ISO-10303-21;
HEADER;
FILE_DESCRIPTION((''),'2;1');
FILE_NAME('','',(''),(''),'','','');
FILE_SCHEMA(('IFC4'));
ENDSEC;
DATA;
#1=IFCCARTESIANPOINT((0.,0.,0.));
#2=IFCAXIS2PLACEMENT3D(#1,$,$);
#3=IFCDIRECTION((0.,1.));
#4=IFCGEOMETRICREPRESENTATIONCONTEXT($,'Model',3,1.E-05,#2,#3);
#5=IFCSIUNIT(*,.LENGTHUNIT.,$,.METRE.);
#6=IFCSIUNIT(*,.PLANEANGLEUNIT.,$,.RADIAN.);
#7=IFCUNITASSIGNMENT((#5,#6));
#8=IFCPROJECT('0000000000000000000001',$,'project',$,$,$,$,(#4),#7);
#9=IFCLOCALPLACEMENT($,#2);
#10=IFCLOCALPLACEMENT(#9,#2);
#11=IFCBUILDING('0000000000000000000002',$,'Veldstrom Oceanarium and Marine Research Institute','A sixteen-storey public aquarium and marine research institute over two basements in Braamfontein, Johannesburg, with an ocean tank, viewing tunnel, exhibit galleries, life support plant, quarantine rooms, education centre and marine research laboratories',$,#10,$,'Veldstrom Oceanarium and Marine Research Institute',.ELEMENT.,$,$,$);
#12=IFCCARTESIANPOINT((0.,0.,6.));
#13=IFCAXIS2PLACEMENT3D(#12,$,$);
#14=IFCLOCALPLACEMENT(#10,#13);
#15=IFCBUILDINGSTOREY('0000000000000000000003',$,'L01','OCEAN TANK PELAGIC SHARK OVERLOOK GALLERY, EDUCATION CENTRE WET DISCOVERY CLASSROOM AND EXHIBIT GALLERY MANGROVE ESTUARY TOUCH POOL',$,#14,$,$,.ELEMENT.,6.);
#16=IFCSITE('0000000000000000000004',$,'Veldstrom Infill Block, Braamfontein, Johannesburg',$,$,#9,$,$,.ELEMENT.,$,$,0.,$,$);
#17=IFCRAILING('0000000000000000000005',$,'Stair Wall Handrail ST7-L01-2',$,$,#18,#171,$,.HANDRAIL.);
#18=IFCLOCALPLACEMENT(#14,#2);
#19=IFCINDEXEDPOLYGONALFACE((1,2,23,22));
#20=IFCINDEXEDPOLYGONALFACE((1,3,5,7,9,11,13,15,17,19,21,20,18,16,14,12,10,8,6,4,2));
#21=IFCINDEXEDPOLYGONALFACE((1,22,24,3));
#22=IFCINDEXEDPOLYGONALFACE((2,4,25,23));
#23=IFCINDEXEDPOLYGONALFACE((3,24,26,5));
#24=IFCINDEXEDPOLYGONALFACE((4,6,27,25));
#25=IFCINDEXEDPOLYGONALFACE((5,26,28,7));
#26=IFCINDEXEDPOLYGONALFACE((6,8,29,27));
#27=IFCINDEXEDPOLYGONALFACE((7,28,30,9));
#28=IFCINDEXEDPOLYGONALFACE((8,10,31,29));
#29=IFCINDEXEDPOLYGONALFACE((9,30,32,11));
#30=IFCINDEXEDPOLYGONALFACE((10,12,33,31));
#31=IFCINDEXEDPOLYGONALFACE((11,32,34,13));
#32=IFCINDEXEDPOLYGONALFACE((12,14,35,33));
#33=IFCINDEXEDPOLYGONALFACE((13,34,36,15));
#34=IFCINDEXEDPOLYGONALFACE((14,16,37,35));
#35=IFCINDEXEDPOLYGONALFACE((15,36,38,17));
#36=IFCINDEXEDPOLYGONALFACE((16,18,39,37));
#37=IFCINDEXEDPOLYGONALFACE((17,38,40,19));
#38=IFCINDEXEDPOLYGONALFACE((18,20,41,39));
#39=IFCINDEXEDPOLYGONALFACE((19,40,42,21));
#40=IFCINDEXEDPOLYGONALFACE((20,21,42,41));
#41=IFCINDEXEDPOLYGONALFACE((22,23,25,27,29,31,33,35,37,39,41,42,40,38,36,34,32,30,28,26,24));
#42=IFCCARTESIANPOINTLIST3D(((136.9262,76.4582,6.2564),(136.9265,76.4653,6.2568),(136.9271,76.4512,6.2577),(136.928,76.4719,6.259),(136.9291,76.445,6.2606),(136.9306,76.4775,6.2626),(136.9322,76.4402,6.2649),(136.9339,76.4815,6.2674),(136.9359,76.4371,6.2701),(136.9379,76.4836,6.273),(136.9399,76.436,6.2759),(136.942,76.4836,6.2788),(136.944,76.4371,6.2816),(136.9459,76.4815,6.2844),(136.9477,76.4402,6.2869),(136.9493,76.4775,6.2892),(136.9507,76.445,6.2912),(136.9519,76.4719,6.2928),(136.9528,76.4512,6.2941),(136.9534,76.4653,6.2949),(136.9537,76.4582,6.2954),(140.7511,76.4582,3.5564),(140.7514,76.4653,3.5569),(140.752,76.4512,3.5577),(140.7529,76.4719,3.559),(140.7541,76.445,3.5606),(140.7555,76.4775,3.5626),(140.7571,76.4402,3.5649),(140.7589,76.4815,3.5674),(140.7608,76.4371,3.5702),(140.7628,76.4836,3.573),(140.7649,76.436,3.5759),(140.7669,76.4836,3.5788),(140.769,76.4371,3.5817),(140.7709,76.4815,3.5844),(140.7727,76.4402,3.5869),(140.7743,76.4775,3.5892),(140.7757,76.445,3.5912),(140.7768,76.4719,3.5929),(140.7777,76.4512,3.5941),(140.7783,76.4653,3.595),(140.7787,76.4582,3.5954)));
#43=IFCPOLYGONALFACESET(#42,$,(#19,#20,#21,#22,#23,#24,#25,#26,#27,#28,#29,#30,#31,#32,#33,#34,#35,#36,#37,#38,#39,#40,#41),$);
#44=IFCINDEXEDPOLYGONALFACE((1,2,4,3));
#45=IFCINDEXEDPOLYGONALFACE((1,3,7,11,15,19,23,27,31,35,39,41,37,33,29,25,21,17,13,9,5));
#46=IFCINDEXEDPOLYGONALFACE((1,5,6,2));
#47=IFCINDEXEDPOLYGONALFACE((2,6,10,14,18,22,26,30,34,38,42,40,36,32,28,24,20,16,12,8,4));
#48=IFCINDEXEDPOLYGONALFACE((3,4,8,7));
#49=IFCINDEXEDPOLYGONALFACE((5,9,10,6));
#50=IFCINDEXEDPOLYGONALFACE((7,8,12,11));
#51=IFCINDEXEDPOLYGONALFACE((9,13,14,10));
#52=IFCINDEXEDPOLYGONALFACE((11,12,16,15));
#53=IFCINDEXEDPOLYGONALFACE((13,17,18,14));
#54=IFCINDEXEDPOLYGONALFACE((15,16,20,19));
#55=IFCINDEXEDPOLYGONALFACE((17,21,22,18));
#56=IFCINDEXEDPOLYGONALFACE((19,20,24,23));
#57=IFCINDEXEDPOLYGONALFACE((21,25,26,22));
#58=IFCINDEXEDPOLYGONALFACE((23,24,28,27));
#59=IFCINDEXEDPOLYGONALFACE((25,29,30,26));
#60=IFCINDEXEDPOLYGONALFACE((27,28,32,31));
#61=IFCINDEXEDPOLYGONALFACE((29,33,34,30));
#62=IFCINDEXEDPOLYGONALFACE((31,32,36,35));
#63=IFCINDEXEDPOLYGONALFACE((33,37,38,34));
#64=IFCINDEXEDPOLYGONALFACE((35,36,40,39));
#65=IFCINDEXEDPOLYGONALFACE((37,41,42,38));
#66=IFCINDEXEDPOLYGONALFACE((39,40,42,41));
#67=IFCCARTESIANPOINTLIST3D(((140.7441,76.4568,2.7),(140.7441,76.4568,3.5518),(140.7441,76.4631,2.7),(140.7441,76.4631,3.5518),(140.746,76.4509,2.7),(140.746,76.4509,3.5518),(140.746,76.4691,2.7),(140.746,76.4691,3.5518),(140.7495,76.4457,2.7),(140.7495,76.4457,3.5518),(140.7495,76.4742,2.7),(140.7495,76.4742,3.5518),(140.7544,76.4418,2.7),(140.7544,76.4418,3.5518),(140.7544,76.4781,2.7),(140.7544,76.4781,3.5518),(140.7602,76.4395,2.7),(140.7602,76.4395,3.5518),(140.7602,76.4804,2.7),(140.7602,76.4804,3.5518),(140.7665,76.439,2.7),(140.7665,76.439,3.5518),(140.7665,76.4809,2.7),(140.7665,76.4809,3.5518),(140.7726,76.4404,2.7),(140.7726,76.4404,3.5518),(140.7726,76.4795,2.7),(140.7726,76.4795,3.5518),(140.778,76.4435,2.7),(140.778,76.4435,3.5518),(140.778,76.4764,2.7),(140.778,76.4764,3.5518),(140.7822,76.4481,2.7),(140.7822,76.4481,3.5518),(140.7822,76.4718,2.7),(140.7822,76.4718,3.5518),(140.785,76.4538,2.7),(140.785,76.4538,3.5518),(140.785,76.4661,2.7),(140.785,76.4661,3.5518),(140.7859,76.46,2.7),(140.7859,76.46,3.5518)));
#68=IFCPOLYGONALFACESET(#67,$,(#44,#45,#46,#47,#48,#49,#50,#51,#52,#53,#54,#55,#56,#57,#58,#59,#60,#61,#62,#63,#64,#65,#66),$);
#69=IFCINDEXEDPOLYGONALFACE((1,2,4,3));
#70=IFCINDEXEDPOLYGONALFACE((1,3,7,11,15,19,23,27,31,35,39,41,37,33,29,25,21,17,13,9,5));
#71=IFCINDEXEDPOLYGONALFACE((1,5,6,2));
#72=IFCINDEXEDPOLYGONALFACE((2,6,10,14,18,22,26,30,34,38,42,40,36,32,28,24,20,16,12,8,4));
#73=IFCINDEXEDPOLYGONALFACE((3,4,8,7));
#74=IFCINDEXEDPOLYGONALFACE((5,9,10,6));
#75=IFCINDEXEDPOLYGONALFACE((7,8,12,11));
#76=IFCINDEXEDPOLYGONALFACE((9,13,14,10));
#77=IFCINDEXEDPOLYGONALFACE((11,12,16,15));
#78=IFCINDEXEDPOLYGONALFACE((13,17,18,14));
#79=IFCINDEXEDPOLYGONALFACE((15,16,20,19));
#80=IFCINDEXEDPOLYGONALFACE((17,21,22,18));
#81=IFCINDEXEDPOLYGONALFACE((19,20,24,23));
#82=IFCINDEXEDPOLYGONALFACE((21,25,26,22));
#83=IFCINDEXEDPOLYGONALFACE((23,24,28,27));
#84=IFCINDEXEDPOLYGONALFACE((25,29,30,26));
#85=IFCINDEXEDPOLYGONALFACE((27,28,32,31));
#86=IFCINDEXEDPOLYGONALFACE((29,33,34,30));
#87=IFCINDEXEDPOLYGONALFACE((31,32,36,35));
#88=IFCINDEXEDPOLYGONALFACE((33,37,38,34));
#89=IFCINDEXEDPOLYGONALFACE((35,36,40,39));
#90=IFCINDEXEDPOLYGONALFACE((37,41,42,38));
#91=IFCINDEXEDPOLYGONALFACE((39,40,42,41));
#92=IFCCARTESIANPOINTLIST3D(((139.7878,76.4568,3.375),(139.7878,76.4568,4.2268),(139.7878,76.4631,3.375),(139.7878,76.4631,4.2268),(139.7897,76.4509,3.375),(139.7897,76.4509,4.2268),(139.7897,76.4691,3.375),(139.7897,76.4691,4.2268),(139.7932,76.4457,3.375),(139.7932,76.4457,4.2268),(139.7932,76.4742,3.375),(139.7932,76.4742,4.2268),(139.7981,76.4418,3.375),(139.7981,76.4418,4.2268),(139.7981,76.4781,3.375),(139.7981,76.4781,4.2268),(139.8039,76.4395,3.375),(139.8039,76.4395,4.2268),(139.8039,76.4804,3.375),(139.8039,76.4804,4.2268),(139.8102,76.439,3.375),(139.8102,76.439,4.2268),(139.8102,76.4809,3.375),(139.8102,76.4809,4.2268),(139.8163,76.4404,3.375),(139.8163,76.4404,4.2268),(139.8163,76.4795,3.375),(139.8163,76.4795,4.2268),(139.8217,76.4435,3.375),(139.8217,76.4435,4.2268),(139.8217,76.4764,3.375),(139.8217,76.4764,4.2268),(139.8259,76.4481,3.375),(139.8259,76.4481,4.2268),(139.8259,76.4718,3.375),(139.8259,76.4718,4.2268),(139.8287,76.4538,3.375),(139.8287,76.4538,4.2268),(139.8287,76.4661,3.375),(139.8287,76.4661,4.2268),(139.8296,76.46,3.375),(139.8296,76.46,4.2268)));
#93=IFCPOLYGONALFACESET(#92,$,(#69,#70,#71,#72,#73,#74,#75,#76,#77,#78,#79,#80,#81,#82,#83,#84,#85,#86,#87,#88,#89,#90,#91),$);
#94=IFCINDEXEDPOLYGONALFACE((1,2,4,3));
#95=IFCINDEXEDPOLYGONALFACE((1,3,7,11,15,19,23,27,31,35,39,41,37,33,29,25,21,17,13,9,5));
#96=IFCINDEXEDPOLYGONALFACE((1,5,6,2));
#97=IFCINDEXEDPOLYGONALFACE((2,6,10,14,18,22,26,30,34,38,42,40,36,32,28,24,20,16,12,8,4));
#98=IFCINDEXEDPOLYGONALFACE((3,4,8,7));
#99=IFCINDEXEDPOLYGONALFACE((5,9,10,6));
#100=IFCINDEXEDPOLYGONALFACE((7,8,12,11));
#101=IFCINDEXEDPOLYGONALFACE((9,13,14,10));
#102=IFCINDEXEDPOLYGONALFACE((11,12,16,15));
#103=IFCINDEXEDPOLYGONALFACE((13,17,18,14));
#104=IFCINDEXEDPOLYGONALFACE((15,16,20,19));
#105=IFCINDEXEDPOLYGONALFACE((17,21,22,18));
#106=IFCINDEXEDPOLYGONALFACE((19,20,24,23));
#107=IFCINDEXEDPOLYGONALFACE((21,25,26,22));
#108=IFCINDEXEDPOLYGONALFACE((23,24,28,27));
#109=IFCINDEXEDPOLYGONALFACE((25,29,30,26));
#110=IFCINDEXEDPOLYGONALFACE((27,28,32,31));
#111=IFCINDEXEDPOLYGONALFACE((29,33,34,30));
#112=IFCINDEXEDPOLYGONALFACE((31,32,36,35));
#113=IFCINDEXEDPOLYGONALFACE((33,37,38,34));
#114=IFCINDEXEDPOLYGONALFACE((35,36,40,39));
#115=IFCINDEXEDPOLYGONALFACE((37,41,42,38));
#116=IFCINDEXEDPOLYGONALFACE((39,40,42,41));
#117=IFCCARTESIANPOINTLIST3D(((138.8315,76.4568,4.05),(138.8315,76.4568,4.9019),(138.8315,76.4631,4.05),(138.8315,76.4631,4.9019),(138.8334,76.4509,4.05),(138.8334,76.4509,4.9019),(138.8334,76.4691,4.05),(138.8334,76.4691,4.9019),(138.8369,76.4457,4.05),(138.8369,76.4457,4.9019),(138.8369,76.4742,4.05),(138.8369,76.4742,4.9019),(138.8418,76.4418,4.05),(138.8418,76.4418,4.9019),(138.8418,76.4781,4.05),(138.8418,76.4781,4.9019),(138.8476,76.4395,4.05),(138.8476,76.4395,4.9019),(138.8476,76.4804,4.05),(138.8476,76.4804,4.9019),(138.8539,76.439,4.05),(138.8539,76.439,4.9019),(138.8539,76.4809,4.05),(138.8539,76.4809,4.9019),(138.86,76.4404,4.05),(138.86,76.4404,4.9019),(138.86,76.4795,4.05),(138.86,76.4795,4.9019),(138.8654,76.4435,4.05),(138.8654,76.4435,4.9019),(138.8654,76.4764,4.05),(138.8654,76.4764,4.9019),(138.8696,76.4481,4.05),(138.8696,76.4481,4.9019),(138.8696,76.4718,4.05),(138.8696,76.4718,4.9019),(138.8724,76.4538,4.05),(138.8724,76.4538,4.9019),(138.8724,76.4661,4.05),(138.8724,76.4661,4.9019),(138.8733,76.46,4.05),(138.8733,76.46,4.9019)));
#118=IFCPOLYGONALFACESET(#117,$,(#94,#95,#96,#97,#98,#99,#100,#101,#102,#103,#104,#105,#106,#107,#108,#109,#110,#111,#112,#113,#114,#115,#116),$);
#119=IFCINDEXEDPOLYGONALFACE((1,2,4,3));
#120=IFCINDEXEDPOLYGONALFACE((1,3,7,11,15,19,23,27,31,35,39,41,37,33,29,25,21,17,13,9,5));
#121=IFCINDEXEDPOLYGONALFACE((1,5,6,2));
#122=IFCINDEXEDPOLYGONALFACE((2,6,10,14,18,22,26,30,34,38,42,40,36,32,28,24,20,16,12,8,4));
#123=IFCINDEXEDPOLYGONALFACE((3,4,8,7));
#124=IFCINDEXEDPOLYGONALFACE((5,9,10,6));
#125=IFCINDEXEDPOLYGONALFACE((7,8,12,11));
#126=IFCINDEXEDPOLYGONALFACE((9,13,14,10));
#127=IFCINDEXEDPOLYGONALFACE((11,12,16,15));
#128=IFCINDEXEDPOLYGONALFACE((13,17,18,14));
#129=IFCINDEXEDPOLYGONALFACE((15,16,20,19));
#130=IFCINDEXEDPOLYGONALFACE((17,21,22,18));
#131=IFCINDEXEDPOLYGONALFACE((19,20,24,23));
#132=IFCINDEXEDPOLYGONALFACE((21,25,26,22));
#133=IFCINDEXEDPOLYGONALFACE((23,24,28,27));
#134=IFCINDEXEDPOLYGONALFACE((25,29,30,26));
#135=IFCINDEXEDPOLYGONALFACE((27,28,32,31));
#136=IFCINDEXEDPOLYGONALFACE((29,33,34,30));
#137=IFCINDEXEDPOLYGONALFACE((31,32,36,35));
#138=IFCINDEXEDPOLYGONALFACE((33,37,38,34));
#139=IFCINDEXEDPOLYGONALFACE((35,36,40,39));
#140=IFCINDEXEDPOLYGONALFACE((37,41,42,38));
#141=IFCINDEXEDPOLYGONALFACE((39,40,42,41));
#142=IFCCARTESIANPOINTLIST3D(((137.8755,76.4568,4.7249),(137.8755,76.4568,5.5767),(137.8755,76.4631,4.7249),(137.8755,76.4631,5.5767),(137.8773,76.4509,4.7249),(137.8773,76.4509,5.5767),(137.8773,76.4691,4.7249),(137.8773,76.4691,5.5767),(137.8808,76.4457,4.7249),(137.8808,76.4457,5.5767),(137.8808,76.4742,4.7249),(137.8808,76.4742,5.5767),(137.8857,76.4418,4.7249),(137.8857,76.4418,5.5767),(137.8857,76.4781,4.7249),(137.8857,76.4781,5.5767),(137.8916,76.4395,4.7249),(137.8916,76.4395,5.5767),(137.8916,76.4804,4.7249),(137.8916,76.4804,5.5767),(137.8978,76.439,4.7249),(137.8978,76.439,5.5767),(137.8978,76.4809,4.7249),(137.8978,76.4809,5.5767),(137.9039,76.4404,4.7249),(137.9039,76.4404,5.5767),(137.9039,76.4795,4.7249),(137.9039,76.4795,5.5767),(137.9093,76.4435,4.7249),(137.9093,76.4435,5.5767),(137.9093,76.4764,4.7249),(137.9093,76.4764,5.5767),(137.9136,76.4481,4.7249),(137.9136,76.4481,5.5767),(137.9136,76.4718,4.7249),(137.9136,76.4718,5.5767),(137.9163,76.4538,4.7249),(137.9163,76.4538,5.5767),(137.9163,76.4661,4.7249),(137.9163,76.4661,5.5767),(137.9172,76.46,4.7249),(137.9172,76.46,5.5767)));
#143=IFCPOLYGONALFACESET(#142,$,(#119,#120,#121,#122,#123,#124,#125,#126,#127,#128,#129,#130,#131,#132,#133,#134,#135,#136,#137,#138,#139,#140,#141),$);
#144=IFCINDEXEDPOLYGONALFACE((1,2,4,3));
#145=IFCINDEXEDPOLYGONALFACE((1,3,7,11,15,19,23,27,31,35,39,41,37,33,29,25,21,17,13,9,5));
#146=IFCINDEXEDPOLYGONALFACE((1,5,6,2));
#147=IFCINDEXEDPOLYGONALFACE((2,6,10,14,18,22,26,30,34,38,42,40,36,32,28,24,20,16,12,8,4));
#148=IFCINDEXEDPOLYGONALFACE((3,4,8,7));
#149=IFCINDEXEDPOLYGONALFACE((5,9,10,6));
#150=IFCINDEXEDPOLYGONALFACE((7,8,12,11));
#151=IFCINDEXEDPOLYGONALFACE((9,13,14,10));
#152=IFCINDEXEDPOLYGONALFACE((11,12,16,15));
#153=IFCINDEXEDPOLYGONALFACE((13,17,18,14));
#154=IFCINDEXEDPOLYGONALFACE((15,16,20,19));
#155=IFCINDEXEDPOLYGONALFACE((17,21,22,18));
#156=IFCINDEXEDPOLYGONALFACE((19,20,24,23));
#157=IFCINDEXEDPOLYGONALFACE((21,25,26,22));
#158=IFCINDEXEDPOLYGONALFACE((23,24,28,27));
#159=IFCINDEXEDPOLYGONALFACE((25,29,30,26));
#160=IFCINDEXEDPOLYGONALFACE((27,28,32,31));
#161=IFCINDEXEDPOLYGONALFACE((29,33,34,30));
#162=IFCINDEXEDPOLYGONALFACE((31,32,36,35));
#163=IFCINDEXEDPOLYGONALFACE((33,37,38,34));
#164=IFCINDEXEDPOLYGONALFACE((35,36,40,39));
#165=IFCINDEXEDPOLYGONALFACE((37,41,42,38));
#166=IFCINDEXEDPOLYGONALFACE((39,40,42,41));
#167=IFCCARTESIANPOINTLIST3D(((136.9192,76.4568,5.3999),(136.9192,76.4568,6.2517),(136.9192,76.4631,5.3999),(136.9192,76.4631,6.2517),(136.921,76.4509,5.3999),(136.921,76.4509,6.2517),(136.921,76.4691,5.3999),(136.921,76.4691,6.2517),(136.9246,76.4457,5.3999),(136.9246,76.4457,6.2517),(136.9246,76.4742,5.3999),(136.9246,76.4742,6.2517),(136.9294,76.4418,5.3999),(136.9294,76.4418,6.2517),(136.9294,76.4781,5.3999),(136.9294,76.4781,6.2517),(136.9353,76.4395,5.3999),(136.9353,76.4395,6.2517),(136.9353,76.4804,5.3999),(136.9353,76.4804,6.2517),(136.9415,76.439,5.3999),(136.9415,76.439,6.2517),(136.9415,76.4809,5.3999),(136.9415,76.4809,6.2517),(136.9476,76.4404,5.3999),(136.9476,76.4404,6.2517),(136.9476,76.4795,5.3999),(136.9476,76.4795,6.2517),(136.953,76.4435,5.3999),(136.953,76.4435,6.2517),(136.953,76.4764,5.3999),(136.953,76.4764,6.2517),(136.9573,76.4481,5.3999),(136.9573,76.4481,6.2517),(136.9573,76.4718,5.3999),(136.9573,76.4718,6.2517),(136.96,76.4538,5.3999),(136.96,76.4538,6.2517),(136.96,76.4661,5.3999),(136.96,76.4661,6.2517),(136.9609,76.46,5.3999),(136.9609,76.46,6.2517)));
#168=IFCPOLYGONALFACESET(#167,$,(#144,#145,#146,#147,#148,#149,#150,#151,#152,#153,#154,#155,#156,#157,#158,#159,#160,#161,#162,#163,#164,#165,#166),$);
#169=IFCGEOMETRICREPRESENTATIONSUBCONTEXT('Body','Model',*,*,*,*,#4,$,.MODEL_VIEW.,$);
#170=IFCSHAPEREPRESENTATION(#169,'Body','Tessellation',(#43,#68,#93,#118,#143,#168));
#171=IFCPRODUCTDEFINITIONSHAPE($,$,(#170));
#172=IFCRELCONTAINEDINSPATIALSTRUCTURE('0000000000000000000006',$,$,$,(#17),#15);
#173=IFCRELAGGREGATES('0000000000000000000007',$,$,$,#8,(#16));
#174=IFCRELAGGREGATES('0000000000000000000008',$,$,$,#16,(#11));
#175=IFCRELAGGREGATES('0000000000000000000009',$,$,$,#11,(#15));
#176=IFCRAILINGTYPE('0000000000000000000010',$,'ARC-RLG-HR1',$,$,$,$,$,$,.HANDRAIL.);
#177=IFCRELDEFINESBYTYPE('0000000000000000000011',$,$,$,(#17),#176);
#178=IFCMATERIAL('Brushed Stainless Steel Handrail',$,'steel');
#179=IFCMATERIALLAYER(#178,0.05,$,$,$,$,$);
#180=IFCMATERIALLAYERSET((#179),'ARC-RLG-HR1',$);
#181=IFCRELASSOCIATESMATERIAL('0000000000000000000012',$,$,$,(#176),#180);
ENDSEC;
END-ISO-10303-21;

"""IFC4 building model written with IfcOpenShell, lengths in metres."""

from ifc_helpers import new_model, si_unit, direction, frame, origin, origin_2d, place, context, subcontext, project, spatial, circle, extrude, material, layer, layer_set, type_object, element, save


model = new_model("IFC4")

# Units and contexts
model_context = context("Model", 3, precision=1e-05, world=origin(), true_north=direction((0.0, 1.0)))
body_context = subcontext(model_context, "Body", "Model", "MODEL_VIEW")
ifc_project = project(units=[si_unit("LENGTHUNIT", "METRE"), si_unit("PLANEANGLEUNIT", "RADIAN")], contexts=[model_context])

# Site, building, storey
site_placement = place(None, origin())
site = spatial("IfcSite", under=ifc_project, at=site_placement, Name="Veldstrom Infill Block, Braamfontein, Johannesburg", CompositionType="ELEMENT", RefElevation=0.0)
building_placement = place(site_placement, origin())
building = spatial("IfcBuilding", under=site, at=building_placement, Name="Veldstrom Oceanarium and Marine Research Institute", Description="A sixteen-storey public aquarium and marine research institute over two basements in Braamfontein, Johannesburg, with an ocean tank, viewing tunnel, exhibit galleries, life support plant, quarantine rooms, education centre and marine research laboratories", LongName="Veldstrom Oceanarium and Marine Research Institute", CompositionType="ELEMENT")
storey_placement = place(building_placement, frame((0.0, 0.0, 6.0)))
storey = spatial("IfcBuildingStorey", under=building, at=storey_placement, Name="L01", Description="OCEAN TANK PELAGIC SHARK OVERLOOK GALLERY, EDUCATION CENTRE WET DISCOVERY CLASSROOM AND EXHIBIT GALLERY MANGROVE ESTUARY TOUCH POOL", CompositionType="ELEMENT", Elevation=6.0)

# Railing
ifc_material_1 = material(Name="Brushed Stainless Steel Handrail", Category="steel")
ifc_layer_1 = layer(ifc_material_1, 0.05)
ifc_layer_set_1 = layer_set([ifc_layer_1], Name="ARC-RLG-HR1")
railing_type_1 = type_object("IfcRailingType", Name="ARC-RLG-HR1", PredefinedType="HANDRAIL", material=ifc_layer_set_1)
railing_1_placement = place(storey_placement, frame((140.7649, 76.46, 2.7)))
element("IfcRailing", 1, at=railing_1_placement, inside=storey, type_object=railing_type_1, Name="Stair Wall Handrail ST7-L01-2", PredefinedType="HANDRAIL", context=body_context, shape_type="SweptSolid", body=[
    extrude(circle(Radius=0.0239, at=origin_2d()), frame((0.0, 0.0, 0.876), z_axis=(-0.816969, 0.0, 0.576681), x_axis=(0.0, -1.0, 0.0)), (0.0, 0.0, 1.0), 4.6819),
    extrude(circle(Radius=0.021, at=origin_2d()), origin(), (0.0, 0.0, 1.0), 0.8518),
    extrude(circle(Radius=0.021, at=origin_2d()), frame((-0.9563, 0.0, 0.675)), (0.0, 0.0, 1.0), 0.8518),
    extrude(circle(Radius=0.021, at=origin_2d()), frame((-1.9126, 0.0, 1.3501)), (0.0, 0.0, 1.0), 0.8518),
    extrude(circle(Radius=0.021, at=origin_2d()), frame((-2.8687, 0.0, 2.0249)), (0.0, 0.0, 1.0), 0.8518),
    extrude(circle(Radius=0.021, at=origin_2d()), frame((-3.825, 0.0, 2.7)), (0.0, 0.0, 1.0), 0.8518),
])

save(model, "model.ifc")
